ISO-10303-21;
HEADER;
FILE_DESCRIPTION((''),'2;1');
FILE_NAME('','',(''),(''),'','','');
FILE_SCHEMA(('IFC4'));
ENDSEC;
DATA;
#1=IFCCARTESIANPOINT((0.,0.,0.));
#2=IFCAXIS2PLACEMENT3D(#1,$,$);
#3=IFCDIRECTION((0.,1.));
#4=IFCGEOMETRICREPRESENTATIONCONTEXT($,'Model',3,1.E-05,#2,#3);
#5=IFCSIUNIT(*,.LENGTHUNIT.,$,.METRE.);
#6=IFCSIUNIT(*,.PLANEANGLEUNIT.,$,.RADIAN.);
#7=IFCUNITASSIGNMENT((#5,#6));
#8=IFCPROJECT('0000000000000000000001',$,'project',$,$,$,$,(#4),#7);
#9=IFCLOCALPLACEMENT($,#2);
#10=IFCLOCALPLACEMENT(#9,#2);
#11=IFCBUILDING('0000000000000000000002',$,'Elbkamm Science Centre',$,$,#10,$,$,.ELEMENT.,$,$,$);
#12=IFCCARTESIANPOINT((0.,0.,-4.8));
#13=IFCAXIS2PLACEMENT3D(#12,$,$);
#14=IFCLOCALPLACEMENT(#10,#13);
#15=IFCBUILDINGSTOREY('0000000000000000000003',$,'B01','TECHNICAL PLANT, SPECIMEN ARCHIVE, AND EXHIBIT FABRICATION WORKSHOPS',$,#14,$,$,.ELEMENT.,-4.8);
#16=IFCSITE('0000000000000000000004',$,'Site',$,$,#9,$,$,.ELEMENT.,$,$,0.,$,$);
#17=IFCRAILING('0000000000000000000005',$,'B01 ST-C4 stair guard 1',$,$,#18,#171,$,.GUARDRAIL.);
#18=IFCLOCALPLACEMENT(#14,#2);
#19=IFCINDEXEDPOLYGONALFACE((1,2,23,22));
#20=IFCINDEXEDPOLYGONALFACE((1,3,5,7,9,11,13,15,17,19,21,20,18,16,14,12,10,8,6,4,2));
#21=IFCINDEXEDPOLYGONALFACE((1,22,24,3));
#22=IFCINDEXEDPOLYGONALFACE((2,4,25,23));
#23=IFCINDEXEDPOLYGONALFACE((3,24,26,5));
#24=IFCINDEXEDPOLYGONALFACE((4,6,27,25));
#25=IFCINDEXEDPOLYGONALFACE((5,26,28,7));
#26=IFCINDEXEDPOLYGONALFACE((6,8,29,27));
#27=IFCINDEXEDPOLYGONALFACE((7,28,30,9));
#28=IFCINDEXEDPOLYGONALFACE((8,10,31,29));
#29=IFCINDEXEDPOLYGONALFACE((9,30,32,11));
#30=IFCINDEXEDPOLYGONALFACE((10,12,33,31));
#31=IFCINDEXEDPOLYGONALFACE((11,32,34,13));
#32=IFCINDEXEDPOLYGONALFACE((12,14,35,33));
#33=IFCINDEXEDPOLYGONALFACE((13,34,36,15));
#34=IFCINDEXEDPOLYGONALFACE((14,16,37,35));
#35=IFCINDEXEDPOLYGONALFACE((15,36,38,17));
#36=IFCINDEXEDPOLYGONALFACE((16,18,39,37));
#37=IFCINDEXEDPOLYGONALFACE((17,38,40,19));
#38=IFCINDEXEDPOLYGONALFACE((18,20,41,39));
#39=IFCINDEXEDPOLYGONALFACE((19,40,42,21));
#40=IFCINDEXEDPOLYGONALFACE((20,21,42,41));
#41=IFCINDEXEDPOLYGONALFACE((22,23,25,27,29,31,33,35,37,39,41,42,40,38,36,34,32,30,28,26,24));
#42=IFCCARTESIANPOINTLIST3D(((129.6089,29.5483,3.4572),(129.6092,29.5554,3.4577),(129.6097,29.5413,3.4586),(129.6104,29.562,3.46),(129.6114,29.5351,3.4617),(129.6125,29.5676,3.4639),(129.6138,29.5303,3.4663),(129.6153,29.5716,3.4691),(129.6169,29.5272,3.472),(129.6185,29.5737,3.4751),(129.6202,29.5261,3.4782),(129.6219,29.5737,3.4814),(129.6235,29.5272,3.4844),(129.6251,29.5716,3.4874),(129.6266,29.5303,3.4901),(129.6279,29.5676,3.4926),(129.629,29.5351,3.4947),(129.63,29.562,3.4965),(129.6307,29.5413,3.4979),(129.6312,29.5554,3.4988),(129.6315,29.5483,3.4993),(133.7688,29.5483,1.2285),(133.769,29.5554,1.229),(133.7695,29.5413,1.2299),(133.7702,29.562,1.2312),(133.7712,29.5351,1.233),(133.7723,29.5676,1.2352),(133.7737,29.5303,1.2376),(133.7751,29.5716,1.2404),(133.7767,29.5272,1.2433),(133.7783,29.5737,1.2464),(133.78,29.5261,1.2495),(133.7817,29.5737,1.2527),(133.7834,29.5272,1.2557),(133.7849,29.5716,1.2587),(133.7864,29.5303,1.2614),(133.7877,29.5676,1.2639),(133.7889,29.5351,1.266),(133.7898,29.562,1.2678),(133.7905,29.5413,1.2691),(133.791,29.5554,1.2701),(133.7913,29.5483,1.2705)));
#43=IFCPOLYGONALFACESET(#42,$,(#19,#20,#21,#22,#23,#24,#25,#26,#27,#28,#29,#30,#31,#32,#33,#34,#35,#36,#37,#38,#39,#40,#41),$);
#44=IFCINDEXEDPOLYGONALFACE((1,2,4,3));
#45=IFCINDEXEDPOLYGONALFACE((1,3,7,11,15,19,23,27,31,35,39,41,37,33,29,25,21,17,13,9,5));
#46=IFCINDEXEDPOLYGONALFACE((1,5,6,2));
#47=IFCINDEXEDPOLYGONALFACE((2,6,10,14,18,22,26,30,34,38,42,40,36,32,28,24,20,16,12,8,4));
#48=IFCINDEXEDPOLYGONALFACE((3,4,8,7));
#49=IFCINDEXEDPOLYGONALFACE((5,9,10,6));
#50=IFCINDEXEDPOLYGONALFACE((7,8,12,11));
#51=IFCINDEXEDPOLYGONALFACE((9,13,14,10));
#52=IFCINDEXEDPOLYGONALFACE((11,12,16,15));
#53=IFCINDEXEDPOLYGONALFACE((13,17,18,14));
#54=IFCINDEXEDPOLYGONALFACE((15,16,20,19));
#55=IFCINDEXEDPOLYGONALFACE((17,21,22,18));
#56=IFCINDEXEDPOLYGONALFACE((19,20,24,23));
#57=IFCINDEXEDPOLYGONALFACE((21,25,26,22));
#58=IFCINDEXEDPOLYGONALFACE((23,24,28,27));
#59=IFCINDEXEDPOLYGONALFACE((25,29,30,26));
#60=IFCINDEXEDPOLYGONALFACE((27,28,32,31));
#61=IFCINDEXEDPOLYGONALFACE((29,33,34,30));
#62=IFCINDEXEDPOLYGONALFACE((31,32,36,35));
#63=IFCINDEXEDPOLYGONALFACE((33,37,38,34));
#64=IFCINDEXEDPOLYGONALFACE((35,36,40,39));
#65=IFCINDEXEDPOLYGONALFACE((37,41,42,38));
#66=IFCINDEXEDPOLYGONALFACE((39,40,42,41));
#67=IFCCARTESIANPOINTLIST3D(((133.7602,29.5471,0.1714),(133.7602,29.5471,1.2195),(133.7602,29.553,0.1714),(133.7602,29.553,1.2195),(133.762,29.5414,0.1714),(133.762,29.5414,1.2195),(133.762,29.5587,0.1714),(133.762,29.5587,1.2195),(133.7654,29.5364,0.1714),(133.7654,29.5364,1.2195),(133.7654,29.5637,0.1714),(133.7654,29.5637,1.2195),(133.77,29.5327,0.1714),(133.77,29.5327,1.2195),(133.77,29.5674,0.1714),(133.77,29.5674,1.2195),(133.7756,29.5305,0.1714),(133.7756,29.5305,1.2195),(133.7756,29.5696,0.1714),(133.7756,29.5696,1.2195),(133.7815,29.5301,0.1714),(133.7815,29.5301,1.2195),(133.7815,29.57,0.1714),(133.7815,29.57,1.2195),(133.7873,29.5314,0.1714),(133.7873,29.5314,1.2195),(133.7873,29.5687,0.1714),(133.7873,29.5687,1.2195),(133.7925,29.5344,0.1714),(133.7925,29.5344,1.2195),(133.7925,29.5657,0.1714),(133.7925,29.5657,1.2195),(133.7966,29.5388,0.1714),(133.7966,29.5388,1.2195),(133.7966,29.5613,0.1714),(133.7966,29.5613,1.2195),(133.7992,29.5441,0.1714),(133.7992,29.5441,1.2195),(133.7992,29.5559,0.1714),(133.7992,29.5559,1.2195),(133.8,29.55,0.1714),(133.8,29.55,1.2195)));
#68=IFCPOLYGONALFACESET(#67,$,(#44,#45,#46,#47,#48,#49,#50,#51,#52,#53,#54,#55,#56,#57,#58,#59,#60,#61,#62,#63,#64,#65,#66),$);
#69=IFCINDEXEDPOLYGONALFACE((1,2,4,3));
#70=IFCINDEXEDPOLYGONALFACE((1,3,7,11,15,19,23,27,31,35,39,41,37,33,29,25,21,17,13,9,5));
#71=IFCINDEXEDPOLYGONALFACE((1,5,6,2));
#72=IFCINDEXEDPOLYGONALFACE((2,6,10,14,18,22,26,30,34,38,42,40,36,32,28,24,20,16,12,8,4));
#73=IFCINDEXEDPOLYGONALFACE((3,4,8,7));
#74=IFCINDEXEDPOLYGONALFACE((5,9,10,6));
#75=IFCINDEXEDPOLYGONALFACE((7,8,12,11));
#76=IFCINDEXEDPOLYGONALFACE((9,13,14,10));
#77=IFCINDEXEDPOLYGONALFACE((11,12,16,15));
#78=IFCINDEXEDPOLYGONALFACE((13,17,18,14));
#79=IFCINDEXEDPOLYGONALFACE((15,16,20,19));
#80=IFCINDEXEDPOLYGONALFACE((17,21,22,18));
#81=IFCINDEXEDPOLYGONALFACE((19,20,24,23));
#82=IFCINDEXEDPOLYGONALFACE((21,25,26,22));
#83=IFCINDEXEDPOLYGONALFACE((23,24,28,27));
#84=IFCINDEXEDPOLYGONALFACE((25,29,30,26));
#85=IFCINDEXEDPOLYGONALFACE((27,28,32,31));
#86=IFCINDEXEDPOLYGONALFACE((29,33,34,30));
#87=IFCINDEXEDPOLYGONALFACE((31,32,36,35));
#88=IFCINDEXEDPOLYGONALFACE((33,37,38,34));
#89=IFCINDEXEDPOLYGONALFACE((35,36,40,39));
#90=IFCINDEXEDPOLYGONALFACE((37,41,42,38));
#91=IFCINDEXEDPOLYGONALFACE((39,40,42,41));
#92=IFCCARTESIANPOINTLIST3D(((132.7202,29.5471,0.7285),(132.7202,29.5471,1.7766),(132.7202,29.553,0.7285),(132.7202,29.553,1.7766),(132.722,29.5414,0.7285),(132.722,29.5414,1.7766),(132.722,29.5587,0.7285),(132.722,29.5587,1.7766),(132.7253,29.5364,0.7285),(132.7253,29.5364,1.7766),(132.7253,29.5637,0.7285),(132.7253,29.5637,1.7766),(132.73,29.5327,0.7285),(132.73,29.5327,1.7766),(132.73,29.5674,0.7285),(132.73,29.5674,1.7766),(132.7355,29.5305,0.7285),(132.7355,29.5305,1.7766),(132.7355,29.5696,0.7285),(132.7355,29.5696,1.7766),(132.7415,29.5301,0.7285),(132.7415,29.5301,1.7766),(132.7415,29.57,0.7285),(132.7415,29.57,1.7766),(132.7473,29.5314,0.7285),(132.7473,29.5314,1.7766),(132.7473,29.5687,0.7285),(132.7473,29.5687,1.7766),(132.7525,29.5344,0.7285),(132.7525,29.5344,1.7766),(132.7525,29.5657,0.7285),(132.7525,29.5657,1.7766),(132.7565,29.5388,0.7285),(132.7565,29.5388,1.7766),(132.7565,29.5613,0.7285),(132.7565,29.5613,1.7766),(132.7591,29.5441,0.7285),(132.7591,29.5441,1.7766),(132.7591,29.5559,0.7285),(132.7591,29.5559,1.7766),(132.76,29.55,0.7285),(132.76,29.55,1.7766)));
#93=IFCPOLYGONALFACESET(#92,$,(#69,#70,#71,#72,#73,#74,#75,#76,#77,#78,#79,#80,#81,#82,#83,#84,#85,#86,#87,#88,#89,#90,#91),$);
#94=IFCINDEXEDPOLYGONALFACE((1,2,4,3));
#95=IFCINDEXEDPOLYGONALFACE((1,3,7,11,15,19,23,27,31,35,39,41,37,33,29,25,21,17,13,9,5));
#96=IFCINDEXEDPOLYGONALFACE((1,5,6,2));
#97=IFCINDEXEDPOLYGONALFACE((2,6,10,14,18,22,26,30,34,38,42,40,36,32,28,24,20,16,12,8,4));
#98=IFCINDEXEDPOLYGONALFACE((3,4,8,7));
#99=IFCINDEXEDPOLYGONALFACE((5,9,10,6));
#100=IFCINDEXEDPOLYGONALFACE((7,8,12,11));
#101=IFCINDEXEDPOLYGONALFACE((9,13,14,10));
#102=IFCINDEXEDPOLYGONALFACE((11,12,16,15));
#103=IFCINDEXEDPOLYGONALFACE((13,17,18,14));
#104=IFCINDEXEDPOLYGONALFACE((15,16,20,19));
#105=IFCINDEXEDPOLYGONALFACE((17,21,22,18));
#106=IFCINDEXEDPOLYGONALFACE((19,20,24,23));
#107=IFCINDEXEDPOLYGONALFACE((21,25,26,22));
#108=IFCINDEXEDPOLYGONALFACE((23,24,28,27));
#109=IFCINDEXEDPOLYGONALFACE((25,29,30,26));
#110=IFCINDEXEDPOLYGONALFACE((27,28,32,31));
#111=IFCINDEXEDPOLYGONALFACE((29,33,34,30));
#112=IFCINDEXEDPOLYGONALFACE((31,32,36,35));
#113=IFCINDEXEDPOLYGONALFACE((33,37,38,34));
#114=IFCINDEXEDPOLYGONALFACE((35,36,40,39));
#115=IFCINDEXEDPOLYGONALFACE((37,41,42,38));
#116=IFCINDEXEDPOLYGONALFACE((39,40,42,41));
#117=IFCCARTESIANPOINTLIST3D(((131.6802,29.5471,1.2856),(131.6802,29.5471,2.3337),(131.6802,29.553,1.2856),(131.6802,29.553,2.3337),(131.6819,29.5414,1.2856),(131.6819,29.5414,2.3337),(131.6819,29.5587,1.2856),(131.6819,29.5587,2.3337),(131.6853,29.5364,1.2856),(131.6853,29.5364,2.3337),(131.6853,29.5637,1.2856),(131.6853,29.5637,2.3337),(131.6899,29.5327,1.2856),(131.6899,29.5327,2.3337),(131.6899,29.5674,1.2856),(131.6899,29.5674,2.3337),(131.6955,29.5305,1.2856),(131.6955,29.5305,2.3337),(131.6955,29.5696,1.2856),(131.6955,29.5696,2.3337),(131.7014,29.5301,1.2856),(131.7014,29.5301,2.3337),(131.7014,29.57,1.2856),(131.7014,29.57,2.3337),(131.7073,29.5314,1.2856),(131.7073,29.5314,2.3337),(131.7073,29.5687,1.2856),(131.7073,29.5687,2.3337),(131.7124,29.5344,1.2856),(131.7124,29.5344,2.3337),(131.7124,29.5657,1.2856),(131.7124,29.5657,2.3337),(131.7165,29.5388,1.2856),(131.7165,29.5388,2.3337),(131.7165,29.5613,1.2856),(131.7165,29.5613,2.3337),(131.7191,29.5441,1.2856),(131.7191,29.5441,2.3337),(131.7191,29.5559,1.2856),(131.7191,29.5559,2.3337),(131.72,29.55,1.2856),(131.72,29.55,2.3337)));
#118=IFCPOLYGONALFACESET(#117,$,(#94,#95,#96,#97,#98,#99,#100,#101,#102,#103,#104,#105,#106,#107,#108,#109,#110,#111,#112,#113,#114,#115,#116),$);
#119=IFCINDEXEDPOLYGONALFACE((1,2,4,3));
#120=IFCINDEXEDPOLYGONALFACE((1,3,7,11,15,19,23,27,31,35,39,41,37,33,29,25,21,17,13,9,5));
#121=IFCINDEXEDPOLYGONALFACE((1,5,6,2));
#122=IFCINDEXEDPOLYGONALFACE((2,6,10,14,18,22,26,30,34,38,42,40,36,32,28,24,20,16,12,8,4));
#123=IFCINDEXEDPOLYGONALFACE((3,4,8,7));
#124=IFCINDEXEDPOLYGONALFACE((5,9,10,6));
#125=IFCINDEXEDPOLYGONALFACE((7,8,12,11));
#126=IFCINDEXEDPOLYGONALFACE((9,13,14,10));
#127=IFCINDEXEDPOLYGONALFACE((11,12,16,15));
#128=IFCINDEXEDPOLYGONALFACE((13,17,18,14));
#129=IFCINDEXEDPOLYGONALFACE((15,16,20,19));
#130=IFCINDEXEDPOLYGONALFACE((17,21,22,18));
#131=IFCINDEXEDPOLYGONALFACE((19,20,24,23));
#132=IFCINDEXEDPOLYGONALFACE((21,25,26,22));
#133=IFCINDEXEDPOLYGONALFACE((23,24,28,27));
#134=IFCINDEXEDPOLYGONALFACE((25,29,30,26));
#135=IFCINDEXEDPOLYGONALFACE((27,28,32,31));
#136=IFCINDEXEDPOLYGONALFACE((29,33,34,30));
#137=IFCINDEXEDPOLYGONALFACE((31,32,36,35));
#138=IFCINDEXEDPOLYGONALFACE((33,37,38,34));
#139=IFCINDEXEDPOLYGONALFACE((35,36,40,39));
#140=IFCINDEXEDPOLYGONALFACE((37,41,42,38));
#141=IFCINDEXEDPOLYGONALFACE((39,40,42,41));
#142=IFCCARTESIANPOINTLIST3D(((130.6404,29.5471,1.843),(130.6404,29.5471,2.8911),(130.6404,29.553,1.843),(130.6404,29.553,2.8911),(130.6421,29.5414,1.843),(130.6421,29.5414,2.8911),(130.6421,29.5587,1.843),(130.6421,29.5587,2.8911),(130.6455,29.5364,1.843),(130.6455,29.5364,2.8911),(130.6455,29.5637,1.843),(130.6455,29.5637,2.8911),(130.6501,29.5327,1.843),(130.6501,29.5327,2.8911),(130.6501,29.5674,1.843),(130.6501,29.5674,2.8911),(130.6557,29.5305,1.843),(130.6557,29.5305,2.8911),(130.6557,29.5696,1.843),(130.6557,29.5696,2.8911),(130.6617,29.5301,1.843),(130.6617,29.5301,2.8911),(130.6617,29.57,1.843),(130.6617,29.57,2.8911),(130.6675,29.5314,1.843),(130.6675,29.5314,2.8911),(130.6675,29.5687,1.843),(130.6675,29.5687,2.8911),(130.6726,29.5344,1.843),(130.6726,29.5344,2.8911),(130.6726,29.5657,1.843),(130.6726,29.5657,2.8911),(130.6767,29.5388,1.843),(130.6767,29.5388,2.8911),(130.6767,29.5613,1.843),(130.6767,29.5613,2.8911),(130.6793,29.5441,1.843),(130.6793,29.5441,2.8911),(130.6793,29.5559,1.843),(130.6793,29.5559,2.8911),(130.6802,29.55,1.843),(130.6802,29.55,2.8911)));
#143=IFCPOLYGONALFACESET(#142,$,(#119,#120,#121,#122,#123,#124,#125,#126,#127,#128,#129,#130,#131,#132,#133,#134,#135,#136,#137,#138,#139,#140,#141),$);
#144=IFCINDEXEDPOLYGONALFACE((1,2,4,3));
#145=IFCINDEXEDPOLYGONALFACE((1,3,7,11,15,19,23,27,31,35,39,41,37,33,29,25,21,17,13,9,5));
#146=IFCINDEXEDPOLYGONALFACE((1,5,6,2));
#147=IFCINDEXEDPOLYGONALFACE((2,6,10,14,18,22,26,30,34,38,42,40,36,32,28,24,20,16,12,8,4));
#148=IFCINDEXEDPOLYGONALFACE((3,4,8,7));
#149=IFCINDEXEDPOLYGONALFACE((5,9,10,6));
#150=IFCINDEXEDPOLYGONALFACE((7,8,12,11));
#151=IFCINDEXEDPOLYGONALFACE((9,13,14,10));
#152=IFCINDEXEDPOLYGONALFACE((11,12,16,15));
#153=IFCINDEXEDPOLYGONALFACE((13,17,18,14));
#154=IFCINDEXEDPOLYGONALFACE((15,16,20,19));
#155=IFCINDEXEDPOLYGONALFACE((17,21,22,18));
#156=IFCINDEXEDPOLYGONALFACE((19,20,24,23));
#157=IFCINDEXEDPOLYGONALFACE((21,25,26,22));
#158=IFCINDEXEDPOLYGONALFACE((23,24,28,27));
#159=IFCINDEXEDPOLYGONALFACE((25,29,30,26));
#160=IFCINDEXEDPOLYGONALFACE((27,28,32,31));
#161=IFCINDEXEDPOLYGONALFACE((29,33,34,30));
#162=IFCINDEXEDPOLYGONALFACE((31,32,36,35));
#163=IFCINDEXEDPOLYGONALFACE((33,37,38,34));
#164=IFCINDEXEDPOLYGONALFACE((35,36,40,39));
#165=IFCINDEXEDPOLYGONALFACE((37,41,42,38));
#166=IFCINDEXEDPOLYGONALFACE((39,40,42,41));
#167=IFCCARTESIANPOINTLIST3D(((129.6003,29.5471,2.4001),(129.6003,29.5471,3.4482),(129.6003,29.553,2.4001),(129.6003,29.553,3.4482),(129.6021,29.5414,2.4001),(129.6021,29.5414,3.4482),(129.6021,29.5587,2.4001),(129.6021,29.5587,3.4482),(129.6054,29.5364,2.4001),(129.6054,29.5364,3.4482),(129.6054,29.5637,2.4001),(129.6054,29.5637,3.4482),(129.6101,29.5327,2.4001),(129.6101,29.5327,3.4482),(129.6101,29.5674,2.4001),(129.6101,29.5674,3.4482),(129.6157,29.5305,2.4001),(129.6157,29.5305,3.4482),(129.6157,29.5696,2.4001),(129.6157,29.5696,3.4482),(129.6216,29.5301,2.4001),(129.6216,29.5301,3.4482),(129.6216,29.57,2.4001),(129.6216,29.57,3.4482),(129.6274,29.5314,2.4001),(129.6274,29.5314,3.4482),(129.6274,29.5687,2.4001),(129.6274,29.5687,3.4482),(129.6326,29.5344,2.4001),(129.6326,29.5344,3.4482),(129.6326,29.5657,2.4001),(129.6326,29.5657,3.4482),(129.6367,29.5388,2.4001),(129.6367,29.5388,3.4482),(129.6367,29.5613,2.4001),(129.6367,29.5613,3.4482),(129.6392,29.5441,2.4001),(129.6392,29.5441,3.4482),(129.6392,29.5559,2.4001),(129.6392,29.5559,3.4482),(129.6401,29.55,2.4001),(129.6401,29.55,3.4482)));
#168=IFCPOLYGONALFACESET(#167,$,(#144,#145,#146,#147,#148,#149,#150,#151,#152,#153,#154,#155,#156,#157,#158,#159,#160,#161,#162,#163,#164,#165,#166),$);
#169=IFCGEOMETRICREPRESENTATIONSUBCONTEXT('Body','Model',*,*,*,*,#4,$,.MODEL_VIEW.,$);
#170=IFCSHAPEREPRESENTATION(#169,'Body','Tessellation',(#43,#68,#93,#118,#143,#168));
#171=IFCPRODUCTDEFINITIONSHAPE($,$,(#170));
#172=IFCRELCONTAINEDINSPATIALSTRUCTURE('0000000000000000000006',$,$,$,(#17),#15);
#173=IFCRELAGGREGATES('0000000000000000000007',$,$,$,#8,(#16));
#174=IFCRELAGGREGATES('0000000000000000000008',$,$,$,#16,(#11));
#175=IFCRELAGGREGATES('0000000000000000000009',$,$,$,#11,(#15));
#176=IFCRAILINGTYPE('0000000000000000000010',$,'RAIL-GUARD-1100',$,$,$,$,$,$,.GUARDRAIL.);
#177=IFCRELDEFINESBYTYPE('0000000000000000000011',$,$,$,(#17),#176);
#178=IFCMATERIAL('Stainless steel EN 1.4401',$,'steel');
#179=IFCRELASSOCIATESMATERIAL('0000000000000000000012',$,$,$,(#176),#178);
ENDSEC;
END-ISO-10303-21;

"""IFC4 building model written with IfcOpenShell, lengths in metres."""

from ifc_helpers import new_model, si_unit, direction, frame, origin, origin_2d, place, context, subcontext, project, spatial, circle, extrude, material, type_object, element, save


model = new_model("IFC4")

# Units and contexts
model_context = context("Model", 3, precision=1e-05, world=origin(), true_north=direction((0.0, 1.0)))
body_context = subcontext(model_context, "Body", "Model", "MODEL_VIEW")
ifc_project = project(units=[si_unit("LENGTHUNIT", "METRE"), si_unit("PLANEANGLEUNIT", "RADIAN")], contexts=[model_context])

# Site, building, storey
site_placement = place(None, origin())
site = spatial("IfcSite", under=ifc_project, at=site_placement, Name="Site", CompositionType="ELEMENT", RefElevation=0.0)
building_placement = place(site_placement, origin())
building = spatial("IfcBuilding", under=site, at=building_placement, Name="Elbkamm Science Centre", CompositionType="ELEMENT")
storey_placement = place(building_placement, frame((0.0, 0.0, -4.8)))
storey = spatial("IfcBuildingStorey", under=building, at=storey_placement, Name="B01", Description="TECHNICAL PLANT, SPECIMEN ARCHIVE, AND EXHIBIT FABRICATION WORKSHOPS", CompositionType="ELEMENT", Elevation=-4.8)

# Railing
ifc_material_1 = material(Name="Stainless steel EN 1.4401", Category="steel")
railing_type_1 = type_object("IfcRailingType", Name="RAIL-GUARD-1100", PredefinedType="GUARDRAIL", material=ifc_material_1)
railing_1_placement = place(storey_placement, frame((133.78, 29.55, 0.1714)))
element("IfcRailing", 1, at=railing_1_placement, inside=storey, type_object=railing_type_1, Name="B01 ST-C4 stair guard 1", PredefinedType="GUARDRAIL", context=body_context, shape_type="SweptSolid", body=[
    extrude(circle(Radius=0.0239, at=origin_2d()), frame((0.0, 0.0, 1.0781), z_axis=(-0.881459, 0.0, 0.47226), x_axis=(0.0, -1.0, 0.0)), (0.0, 0.0, 1.0), 4.7192),
    extrude(circle(Radius=0.02, at=origin_2d()), origin(), (0.0, 0.0, 1.0), 1.0481),
    extrude(circle(Radius=0.02, at=origin_2d()), frame((-1.04, 0.0, 0.5571)), (0.0, 0.0, 1.0), 1.0481),
    extrude(circle(Radius=0.02, at=origin_2d()), frame((-2.0801, 0.0, 1.1143)), (0.0, 0.0, 1.0), 1.0481),
    extrude(circle(Radius=0.02, at=origin_2d()), frame((-3.1199, 0.0, 1.6716)), (0.0, 0.0, 1.0), 1.0481),
    extrude(circle(Radius=0.02, at=origin_2d()), frame((-4.1599, 0.0, 2.2288)), (0.0, 0.0, 1.0), 1.0481),
])

save(model, "model.ifc")
